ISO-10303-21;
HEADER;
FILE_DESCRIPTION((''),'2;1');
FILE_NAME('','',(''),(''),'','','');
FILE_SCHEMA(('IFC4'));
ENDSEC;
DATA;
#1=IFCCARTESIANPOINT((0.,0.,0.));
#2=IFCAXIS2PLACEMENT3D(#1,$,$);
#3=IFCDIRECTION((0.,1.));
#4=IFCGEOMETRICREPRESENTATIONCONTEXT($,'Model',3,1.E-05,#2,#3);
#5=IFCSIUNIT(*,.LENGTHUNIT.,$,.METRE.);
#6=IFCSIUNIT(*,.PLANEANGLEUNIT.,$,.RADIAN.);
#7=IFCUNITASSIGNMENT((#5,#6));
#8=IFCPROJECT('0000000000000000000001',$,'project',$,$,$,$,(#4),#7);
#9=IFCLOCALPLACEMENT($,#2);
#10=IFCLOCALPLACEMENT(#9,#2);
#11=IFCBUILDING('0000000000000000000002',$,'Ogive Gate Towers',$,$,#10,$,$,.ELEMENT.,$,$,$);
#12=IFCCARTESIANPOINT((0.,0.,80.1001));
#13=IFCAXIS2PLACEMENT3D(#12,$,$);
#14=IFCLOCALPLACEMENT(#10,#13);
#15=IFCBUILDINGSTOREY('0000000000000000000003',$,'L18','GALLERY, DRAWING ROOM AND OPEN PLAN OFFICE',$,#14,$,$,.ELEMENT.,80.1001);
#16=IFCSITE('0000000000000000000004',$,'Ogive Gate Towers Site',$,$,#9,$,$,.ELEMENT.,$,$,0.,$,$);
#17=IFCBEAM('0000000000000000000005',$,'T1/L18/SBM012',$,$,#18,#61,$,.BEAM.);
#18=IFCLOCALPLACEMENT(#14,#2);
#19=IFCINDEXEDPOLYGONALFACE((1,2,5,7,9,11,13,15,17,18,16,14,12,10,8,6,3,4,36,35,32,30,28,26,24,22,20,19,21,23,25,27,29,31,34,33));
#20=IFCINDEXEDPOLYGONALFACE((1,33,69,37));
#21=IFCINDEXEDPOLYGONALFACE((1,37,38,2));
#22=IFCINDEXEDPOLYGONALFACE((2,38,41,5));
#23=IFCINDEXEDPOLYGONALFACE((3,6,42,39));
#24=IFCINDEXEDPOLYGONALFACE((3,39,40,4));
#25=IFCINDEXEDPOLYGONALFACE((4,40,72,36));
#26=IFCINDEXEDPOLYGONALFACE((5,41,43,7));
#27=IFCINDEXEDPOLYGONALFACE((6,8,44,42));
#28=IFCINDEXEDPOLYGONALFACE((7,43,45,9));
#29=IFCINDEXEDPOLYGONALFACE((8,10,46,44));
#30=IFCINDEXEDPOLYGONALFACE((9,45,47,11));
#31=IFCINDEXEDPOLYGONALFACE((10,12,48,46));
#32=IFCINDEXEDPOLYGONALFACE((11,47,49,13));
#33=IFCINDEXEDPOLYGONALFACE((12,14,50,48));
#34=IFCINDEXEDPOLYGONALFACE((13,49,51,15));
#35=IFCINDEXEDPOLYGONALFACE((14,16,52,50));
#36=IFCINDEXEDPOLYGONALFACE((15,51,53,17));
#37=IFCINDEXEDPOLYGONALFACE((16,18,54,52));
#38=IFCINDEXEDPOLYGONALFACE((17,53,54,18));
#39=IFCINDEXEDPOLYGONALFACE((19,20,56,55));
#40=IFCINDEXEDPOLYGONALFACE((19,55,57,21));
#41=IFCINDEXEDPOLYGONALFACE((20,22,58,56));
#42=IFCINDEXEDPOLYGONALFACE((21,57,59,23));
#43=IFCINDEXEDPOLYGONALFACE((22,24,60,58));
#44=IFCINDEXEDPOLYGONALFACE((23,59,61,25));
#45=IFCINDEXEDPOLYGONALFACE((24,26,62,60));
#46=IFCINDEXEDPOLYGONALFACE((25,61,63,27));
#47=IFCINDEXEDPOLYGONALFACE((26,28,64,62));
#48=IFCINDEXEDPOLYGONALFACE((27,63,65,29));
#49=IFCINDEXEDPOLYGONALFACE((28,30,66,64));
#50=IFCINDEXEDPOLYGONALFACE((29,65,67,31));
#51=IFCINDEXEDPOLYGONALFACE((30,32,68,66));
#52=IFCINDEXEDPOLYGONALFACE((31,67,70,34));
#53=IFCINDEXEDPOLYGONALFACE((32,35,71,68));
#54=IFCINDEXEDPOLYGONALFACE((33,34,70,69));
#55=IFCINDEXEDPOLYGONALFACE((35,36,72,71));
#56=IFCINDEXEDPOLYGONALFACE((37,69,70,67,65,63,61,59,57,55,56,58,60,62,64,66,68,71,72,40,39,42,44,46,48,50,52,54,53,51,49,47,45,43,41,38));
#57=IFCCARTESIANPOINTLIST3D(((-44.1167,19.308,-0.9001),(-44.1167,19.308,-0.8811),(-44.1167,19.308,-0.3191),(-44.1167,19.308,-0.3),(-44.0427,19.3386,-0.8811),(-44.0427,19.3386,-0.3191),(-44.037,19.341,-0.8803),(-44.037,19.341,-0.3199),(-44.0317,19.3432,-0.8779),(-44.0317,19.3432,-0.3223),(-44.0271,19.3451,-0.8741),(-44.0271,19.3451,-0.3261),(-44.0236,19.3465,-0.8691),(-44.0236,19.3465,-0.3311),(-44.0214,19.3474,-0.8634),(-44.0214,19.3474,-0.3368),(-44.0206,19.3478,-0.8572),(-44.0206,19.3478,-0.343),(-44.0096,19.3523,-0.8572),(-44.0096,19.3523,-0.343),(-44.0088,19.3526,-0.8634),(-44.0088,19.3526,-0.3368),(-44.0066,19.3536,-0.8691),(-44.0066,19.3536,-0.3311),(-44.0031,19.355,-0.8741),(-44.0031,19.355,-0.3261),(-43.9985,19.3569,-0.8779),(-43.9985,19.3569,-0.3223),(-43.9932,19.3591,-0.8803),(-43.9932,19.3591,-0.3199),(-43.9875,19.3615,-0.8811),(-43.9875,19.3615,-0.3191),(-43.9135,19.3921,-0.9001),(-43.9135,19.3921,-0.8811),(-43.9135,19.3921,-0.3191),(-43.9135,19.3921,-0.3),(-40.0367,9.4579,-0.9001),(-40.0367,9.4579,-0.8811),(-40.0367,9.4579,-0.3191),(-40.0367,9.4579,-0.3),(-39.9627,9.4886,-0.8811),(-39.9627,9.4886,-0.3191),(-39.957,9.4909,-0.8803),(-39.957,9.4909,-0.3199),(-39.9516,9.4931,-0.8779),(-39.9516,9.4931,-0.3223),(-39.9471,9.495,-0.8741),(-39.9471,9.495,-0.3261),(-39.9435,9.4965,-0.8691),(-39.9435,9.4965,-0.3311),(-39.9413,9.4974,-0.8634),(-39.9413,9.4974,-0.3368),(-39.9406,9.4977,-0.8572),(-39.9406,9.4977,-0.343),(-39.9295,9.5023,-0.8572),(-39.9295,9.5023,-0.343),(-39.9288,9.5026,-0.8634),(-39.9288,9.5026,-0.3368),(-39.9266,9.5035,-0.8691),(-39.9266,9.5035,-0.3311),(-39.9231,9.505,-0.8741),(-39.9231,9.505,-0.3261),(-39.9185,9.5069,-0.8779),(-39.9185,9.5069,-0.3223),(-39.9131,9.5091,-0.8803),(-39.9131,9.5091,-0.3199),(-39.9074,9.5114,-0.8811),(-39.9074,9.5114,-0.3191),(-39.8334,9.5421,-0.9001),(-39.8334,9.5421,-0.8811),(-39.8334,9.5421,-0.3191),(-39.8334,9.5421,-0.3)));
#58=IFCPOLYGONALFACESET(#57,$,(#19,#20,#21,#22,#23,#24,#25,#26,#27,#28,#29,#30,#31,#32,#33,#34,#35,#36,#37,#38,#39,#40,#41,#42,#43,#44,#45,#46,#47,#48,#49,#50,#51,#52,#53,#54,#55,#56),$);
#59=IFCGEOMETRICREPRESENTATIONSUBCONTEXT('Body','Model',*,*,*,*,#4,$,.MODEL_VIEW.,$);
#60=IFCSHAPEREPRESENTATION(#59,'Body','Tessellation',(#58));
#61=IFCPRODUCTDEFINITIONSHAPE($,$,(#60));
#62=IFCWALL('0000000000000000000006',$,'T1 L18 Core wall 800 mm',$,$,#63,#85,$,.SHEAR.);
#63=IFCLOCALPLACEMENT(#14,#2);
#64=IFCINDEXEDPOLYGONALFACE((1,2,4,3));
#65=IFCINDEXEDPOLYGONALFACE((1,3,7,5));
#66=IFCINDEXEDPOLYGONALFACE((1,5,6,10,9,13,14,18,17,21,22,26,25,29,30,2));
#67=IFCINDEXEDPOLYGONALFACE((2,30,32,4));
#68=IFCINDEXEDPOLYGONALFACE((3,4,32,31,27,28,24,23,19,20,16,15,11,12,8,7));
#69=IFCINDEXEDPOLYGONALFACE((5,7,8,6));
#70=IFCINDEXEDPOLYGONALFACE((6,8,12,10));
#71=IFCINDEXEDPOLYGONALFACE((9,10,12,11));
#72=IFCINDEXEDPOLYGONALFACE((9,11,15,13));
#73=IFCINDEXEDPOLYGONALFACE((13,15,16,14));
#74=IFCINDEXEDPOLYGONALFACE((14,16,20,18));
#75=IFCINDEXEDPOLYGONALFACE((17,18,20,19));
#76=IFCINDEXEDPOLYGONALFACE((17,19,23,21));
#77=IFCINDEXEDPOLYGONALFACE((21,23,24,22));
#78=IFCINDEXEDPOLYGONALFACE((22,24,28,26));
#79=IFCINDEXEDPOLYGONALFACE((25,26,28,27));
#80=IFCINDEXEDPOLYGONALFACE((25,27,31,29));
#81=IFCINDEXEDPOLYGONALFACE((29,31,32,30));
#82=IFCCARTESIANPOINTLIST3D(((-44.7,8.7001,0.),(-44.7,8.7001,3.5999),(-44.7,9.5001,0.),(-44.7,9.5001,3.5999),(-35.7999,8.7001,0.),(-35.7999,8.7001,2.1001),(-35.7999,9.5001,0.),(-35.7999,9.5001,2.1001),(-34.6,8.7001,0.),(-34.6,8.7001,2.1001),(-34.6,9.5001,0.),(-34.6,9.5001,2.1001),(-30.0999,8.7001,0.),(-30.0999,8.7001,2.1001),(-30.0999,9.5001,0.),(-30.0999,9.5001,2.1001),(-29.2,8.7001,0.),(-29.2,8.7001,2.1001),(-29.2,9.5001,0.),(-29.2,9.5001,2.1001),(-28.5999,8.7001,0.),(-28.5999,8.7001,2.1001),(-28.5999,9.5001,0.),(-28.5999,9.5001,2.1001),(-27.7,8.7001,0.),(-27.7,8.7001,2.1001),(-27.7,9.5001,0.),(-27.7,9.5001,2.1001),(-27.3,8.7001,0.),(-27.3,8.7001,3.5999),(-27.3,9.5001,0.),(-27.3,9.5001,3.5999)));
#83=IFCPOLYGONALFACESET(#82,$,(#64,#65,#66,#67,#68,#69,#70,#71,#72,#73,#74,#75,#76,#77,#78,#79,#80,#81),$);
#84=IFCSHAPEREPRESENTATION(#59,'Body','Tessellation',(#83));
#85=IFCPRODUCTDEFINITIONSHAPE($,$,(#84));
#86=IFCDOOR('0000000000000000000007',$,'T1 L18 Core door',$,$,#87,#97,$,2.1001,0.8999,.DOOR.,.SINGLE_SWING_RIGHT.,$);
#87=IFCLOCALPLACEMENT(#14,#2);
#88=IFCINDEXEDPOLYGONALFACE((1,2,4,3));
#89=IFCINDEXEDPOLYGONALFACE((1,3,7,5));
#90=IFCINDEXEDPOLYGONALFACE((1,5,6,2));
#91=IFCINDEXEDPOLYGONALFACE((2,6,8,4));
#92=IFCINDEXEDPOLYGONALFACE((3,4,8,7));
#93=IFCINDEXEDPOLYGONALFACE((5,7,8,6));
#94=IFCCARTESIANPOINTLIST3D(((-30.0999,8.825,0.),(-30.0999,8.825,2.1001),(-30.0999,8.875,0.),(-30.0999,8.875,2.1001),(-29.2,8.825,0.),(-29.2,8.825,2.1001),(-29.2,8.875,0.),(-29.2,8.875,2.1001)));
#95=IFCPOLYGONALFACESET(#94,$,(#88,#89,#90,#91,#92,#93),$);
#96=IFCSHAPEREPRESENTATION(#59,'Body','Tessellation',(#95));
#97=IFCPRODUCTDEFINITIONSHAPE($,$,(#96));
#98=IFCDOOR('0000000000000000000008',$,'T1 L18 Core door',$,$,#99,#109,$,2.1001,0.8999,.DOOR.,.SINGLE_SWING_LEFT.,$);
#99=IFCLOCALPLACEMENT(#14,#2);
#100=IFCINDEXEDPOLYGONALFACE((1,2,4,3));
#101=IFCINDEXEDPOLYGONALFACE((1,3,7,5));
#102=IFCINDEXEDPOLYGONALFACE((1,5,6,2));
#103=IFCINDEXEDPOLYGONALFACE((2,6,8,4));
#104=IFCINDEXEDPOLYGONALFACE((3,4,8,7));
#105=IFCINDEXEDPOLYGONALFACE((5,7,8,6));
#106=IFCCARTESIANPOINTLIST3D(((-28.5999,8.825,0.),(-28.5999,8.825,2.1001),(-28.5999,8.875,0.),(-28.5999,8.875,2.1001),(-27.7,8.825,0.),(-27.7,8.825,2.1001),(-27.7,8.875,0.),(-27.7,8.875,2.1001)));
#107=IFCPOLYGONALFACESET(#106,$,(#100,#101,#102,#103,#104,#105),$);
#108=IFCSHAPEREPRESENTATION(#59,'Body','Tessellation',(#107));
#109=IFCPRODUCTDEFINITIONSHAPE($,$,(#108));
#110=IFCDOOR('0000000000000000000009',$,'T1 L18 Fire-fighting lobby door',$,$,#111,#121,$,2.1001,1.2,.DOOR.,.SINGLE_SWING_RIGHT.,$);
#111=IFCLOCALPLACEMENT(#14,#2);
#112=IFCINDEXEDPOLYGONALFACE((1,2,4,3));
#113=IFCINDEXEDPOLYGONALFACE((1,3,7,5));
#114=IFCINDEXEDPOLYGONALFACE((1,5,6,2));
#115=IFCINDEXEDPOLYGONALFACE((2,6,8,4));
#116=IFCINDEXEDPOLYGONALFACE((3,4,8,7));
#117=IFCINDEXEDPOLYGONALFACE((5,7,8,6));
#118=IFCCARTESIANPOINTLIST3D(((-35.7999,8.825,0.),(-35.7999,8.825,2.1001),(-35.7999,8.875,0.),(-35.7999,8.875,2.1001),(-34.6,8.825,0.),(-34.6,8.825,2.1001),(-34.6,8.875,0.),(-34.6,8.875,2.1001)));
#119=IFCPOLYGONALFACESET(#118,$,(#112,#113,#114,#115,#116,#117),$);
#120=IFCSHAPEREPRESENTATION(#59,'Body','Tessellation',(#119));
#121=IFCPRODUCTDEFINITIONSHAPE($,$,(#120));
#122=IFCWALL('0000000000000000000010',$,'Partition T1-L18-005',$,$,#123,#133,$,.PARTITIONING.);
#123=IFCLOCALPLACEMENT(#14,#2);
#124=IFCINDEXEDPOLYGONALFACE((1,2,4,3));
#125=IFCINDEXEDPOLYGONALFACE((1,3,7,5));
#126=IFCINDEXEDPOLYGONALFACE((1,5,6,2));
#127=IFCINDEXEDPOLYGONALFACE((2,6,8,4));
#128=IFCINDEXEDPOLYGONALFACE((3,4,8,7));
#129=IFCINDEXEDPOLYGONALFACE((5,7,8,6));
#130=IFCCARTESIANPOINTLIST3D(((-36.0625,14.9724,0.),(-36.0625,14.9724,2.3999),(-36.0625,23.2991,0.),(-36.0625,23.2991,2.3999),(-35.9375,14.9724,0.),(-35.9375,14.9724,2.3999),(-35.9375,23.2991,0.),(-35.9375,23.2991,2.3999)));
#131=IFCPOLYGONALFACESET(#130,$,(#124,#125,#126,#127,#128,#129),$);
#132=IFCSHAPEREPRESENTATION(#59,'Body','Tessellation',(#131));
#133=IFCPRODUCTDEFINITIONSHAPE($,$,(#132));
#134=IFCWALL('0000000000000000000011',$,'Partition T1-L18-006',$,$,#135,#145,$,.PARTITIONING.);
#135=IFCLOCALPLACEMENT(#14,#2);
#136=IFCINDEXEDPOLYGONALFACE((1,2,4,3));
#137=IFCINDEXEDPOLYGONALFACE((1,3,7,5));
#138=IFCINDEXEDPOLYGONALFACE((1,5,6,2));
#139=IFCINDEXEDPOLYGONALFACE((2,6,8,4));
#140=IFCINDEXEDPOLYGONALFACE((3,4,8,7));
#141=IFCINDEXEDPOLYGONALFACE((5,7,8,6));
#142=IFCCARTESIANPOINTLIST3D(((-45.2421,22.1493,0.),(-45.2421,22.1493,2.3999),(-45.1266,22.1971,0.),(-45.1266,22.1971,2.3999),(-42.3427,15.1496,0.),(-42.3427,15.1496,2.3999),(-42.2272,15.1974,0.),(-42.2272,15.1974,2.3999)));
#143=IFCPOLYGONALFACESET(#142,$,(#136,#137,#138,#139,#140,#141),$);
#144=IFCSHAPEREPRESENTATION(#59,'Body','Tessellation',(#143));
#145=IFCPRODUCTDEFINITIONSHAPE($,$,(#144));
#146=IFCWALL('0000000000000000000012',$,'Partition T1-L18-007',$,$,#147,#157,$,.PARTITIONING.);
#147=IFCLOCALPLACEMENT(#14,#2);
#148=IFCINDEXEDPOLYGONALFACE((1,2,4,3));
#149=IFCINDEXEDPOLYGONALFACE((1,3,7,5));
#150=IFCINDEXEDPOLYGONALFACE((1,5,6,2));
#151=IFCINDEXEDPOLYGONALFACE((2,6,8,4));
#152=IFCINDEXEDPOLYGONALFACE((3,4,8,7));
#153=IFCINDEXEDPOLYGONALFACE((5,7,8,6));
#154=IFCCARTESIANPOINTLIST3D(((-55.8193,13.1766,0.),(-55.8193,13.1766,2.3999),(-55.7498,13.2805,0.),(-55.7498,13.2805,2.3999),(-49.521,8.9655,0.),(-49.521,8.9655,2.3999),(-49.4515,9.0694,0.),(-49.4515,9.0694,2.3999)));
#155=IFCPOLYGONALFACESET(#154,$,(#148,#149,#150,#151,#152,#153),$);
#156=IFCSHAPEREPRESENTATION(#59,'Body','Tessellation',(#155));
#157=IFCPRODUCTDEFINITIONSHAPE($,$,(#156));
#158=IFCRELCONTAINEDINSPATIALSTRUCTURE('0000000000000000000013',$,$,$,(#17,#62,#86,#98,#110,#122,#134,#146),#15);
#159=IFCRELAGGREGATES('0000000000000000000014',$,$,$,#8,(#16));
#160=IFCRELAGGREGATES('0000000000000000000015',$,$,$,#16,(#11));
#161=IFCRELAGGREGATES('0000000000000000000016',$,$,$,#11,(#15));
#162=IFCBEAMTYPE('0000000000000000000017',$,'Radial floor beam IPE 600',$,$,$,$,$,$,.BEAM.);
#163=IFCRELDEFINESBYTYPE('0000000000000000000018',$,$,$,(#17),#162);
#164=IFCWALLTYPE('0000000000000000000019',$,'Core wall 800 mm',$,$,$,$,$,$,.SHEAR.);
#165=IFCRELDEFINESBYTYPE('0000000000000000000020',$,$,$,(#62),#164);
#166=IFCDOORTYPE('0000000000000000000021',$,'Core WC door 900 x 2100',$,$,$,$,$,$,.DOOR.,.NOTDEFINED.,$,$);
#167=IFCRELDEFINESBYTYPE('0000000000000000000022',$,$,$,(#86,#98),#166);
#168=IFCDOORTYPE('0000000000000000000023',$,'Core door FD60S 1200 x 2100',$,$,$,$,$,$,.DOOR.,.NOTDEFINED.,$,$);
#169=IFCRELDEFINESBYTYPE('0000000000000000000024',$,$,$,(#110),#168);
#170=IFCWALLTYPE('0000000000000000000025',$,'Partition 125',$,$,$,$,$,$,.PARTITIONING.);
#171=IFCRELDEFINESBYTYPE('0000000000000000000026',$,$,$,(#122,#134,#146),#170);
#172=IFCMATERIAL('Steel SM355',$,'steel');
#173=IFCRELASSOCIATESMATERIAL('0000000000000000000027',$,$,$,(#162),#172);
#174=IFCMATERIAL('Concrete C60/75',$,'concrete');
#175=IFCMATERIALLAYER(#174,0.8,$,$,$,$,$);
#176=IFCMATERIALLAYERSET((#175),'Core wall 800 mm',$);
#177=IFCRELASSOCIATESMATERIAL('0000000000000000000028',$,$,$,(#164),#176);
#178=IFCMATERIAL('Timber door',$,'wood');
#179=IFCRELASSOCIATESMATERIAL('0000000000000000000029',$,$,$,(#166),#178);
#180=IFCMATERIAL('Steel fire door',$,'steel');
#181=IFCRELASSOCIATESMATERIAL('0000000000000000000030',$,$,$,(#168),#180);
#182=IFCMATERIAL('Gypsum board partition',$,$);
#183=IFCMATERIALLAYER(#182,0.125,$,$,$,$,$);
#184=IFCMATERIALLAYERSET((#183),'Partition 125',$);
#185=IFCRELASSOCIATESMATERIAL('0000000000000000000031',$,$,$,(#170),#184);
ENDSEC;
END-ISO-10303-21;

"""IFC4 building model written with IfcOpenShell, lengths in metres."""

from ifc_helpers import new_model, si_unit, direction, frame, frame_2d, origin, origin_2d, place, context, subcontext, project, spatial, rectangle, i_section, extrude, material, layer, layer_set, material_profile, profile_set, type_object, element, fill, save


model = new_model("IFC4")

# Units and contexts
model_context = context("Model", 3, precision=1e-05, world=origin(), true_north=direction((0.0, 1.0)))
body_context = subcontext(model_context, "Body", "Model", "MODEL_VIEW")
ifc_project = project(units=[si_unit("LENGTHUNIT", "METRE"), si_unit("PLANEANGLEUNIT", "RADIAN")], contexts=[model_context])

# Site, building, storey
site_placement = place(None, origin())
site = spatial("IfcSite", under=ifc_project, at=site_placement, Name="Ogive Gate Towers Site", CompositionType="ELEMENT", RefElevation=0.0)
building_placement = place(site_placement, origin())
building = spatial("IfcBuilding", under=site, at=building_placement, Name="Ogive Gate Towers", CompositionType="ELEMENT")
storey_placement = place(building_placement, frame((0.0, 0.0, 80.1001)))
storey = spatial("IfcBuildingStorey", under=building, at=storey_placement, Name="L18", Description="GALLERY, DRAWING ROOM AND OPEN PLAN OFFICE", CompositionType="ELEMENT", Elevation=80.1001)

# Beam
ifc_material_1 = material(Name="Steel SM355", Category="steel")
ifc_material_profile_1 = material_profile(ifc_material_1, i_section(OverallWidth=0.22, OverallDepth=0.6001, WebThickness=0.012, FlangeThickness=0.019, FilletRadius=0.0239, at=origin_2d()), Name="IPE 600")
ifc_profile_set_1 = profile_set([ifc_material_profile_1], Name="Steel SM355")
beam_type_1 = type_object("IfcBeamType", Name="Radial floor beam IPE 600", PredefinedType="BEAM", material=ifc_profile_set_1)
beam_1_placement = place(storey_placement, frame((-39.9351, 9.5, -0.6001), z_axis=(-0.382686, 0.923878, 0.0), x_axis=(-0.923878, -0.382686, 0.0)))
element("IfcBeam", 1, at=beam_1_placement, inside=storey, type_object=beam_type_1, Name="T1/L18/SBM012", PredefinedType="BEAM", context=body_context, shape_type="SweptSolid", body=[
    extrude(i_section(OverallWidth=0.22, OverallDepth=0.6001, WebThickness=0.012, FlangeThickness=0.019, FilletRadius=0.0239, at=origin_2d()), origin(), (0.0, 0.0, 1.0), 10.6616),
])

# Wall, openings, doors
ifc_material_2 = material(Name="Concrete C60/75", Category="concrete")
ifc_layer_1 = layer(ifc_material_2, 0.8)
ifc_layer_set_1 = layer_set([ifc_layer_1], Name="Core wall 800 mm")
wall_type_1 = type_object("IfcWallType", Name="Core wall 800 mm", PredefinedType="SHEAR", material=ifc_layer_set_1)
wall_1_placement = place(storey_placement, frame((-44.7, 9.1001, 0.0), z_axis=(0.0, 0.0, 1.0), x_axis=(1.0, 0.0, 0.0)))
wall_1 = element("IfcWall", 2, at=wall_1_placement, inside=storey, type_object=wall_type_1, Name="T1 L18 Core wall 800 mm", PredefinedType="SHEAR", context=body_context, shape_type="SweptSolid", body=[
    extrude(rectangle(XDim=17.3999, YDim=0.8, at=frame_2d((8.7, 0.0))), origin(), (0.0, 0.0, 1.0), 3.5999),
])
opening_1_placement = place(wall_1_placement, frame((8.8999, 0.0, 0.0)))
opening_1 = element("IfcOpeningElement", 3, at=opening_1_placement, cuts=wall_1, PredefinedType="OPENING", context=body_context, shape_type="SweptSolid", body=[
    extrude(rectangle(XDim=1.2, YDim=2.1001, at=frame_2d((0.6001, 1.05))), frame((0.0, 0.4102, 0.0), z_axis=(0.0, -1.0, 0.0), x_axis=(1.0, 0.0, 0.0)), (0.0, 0.0, 1.0), 0.8201),
])
opening_2_placement = place(wall_1_placement, frame((14.6001, 0.0, 0.0)))
opening_2 = element("IfcOpeningElement", 4, at=opening_2_placement, cuts=wall_1, PredefinedType="OPENING", context=body_context, shape_type="SweptSolid", body=[
    extrude(rectangle(XDim=0.8999, YDim=2.1001, at=frame_2d((0.45, 1.05))), frame((0.0, 0.4102, 0.0), z_axis=(0.0, -1.0, 0.0), x_axis=(1.0, 0.0, 0.0)), (0.0, 0.0, 1.0), 0.8201),
])
opening_3_placement = place(wall_1_placement, frame((16.1001, 0.0, 0.0)))
opening_3 = element("IfcOpeningElement", 5, at=opening_3_placement, cuts=wall_1, PredefinedType="OPENING", context=body_context, shape_type="SweptSolid", body=[
    extrude(rectangle(XDim=0.8999, YDim=2.1001, at=frame_2d((0.45, 1.05))), frame((0.0, 0.4102, 0.0), z_axis=(0.0, -1.0, 0.0), x_axis=(1.0, 0.0, 0.0)), (0.0, 0.0, 1.0), 0.8201),
])
ifc_material_3 = material(Name="Timber door", Category="wood")
door_type_1 = type_object("IfcDoorType", Name="Core WC door 900 x 2100", OperationType="NOTDEFINED", PredefinedType="DOOR", material=ifc_material_3)
door_1_placement = place(opening_2_placement, origin())
door_1 = element("IfcDoor", 6, at=door_1_placement, inside=storey, type_object=door_type_1, Name="T1 L18 Core door", OperationType="SINGLE_SWING_RIGHT", OverallHeight=2.1001, OverallWidth=0.8999, PredefinedType="DOOR", context=body_context, shape_type="SweptSolid", body=[
    extrude(rectangle(XDim=0.8999, YDim=2.1001, at=frame_2d((0.45, 1.05))), frame((0.0, -0.2251, 0.0), z_axis=(0.0, -1.0, 0.0), x_axis=(1.0, 0.0, 0.0)), (0.0, 0.0, 1.0), 0.05),
])
fill(opening_2, door_1)
door_2_placement = place(opening_3_placement, origin())
door_2 = element("IfcDoor", 7, at=door_2_placement, inside=storey, type_object=door_type_1, Name="T1 L18 Core door", OperationType="SINGLE_SWING_LEFT", OverallHeight=2.1001, OverallWidth=0.8999, PredefinedType="DOOR", context=body_context, shape_type="SweptSolid", body=[
    extrude(rectangle(XDim=0.8999, YDim=2.1001, at=frame_2d((0.45, 1.05))), frame((0.0, -0.2251, 0.0), z_axis=(0.0, -1.0, 0.0), x_axis=(1.0, 0.0, 0.0)), (0.0, 0.0, 1.0), 0.05),
])
fill(opening_3, door_2)
ifc_material_4 = material(Name="Steel fire door", Category="steel")
door_type_2 = type_object("IfcDoorType", Name="Core door FD60S 1200 x 2100", OperationType="NOTDEFINED", PredefinedType="DOOR", material=ifc_material_4)
door_3_placement = place(opening_1_placement, origin())
door_3 = element("IfcDoor", 8, at=door_3_placement, inside=storey, type_object=door_type_2, Name="T1 L18 Fire-fighting lobby door", OperationType="SINGLE_SWING_RIGHT", OverallHeight=2.1001, OverallWidth=1.2, PredefinedType="DOOR", context=body_context, shape_type="SweptSolid", body=[
    extrude(rectangle(XDim=1.2, YDim=2.1001, at=frame_2d((0.6001, 1.05))), frame((0.0, -0.2251, 0.0), z_axis=(0.0, -1.0, 0.0), x_axis=(1.0, 0.0, 0.0)), (0.0, 0.0, 1.0), 0.05),
])
fill(opening_1, door_3)

# Walls
ifc_material_5 = material(Name="Gypsum board partition")
ifc_layer_2 = layer(ifc_material_5, 0.125)
ifc_layer_set_2 = layer_set([ifc_layer_2], Name="Partition 125")
wall_type_2 = type_object("IfcWallType", Name="Partition 125", PredefinedType="PARTITIONING", material=ifc_layer_set_2)
wall_2_placement = place(storey_placement, frame((-36.0, 23.2991, 0.0), z_axis=(0.0, 0.0, 1.0), x_axis=(0.0, -1.0, 0.0)))
element("IfcWall", 9, at=wall_2_placement, inside=storey, type_object=wall_type_2, Name="Partition T1-L18-005", PredefinedType="PARTITIONING", context=body_context, shape_type="SweptSolid", body=[
    extrude(rectangle(XDim=8.3267, YDim=0.125, at=frame_2d((4.1633, 0.0))), origin(), (0.0, 0.0, 1.0), 2.3999),
])
for number, where, z_axis, x_axis, name in (
    (10, (-45.1843, 22.1731, 0.0), (0.0, 0.0, 1.0), (0.382686, -0.923879, 0.0), "Partition T1-L18-006"),
    (11, (-55.7844, 13.2285, 0.0), (0.0, 0.0, 1.0), (0.831301, -0.555823, 0.0), "Partition T1-L18-007"),
):
    element("IfcWall", number, at=place(storey_placement, frame(where, z_axis=z_axis, x_axis=x_axis)), inside=storey, type_object=wall_type_2, Name=name, PredefinedType="PARTITIONING", context=body_context, shape_type="SweptSolid", body=[
        extrude(rectangle(XDim=7.5764, YDim=0.125, at=frame_2d((3.7881, 0.0))), origin(), (0.0, 0.0, 1.0), 2.3999),
    ])

save(model, "model.ifc")
